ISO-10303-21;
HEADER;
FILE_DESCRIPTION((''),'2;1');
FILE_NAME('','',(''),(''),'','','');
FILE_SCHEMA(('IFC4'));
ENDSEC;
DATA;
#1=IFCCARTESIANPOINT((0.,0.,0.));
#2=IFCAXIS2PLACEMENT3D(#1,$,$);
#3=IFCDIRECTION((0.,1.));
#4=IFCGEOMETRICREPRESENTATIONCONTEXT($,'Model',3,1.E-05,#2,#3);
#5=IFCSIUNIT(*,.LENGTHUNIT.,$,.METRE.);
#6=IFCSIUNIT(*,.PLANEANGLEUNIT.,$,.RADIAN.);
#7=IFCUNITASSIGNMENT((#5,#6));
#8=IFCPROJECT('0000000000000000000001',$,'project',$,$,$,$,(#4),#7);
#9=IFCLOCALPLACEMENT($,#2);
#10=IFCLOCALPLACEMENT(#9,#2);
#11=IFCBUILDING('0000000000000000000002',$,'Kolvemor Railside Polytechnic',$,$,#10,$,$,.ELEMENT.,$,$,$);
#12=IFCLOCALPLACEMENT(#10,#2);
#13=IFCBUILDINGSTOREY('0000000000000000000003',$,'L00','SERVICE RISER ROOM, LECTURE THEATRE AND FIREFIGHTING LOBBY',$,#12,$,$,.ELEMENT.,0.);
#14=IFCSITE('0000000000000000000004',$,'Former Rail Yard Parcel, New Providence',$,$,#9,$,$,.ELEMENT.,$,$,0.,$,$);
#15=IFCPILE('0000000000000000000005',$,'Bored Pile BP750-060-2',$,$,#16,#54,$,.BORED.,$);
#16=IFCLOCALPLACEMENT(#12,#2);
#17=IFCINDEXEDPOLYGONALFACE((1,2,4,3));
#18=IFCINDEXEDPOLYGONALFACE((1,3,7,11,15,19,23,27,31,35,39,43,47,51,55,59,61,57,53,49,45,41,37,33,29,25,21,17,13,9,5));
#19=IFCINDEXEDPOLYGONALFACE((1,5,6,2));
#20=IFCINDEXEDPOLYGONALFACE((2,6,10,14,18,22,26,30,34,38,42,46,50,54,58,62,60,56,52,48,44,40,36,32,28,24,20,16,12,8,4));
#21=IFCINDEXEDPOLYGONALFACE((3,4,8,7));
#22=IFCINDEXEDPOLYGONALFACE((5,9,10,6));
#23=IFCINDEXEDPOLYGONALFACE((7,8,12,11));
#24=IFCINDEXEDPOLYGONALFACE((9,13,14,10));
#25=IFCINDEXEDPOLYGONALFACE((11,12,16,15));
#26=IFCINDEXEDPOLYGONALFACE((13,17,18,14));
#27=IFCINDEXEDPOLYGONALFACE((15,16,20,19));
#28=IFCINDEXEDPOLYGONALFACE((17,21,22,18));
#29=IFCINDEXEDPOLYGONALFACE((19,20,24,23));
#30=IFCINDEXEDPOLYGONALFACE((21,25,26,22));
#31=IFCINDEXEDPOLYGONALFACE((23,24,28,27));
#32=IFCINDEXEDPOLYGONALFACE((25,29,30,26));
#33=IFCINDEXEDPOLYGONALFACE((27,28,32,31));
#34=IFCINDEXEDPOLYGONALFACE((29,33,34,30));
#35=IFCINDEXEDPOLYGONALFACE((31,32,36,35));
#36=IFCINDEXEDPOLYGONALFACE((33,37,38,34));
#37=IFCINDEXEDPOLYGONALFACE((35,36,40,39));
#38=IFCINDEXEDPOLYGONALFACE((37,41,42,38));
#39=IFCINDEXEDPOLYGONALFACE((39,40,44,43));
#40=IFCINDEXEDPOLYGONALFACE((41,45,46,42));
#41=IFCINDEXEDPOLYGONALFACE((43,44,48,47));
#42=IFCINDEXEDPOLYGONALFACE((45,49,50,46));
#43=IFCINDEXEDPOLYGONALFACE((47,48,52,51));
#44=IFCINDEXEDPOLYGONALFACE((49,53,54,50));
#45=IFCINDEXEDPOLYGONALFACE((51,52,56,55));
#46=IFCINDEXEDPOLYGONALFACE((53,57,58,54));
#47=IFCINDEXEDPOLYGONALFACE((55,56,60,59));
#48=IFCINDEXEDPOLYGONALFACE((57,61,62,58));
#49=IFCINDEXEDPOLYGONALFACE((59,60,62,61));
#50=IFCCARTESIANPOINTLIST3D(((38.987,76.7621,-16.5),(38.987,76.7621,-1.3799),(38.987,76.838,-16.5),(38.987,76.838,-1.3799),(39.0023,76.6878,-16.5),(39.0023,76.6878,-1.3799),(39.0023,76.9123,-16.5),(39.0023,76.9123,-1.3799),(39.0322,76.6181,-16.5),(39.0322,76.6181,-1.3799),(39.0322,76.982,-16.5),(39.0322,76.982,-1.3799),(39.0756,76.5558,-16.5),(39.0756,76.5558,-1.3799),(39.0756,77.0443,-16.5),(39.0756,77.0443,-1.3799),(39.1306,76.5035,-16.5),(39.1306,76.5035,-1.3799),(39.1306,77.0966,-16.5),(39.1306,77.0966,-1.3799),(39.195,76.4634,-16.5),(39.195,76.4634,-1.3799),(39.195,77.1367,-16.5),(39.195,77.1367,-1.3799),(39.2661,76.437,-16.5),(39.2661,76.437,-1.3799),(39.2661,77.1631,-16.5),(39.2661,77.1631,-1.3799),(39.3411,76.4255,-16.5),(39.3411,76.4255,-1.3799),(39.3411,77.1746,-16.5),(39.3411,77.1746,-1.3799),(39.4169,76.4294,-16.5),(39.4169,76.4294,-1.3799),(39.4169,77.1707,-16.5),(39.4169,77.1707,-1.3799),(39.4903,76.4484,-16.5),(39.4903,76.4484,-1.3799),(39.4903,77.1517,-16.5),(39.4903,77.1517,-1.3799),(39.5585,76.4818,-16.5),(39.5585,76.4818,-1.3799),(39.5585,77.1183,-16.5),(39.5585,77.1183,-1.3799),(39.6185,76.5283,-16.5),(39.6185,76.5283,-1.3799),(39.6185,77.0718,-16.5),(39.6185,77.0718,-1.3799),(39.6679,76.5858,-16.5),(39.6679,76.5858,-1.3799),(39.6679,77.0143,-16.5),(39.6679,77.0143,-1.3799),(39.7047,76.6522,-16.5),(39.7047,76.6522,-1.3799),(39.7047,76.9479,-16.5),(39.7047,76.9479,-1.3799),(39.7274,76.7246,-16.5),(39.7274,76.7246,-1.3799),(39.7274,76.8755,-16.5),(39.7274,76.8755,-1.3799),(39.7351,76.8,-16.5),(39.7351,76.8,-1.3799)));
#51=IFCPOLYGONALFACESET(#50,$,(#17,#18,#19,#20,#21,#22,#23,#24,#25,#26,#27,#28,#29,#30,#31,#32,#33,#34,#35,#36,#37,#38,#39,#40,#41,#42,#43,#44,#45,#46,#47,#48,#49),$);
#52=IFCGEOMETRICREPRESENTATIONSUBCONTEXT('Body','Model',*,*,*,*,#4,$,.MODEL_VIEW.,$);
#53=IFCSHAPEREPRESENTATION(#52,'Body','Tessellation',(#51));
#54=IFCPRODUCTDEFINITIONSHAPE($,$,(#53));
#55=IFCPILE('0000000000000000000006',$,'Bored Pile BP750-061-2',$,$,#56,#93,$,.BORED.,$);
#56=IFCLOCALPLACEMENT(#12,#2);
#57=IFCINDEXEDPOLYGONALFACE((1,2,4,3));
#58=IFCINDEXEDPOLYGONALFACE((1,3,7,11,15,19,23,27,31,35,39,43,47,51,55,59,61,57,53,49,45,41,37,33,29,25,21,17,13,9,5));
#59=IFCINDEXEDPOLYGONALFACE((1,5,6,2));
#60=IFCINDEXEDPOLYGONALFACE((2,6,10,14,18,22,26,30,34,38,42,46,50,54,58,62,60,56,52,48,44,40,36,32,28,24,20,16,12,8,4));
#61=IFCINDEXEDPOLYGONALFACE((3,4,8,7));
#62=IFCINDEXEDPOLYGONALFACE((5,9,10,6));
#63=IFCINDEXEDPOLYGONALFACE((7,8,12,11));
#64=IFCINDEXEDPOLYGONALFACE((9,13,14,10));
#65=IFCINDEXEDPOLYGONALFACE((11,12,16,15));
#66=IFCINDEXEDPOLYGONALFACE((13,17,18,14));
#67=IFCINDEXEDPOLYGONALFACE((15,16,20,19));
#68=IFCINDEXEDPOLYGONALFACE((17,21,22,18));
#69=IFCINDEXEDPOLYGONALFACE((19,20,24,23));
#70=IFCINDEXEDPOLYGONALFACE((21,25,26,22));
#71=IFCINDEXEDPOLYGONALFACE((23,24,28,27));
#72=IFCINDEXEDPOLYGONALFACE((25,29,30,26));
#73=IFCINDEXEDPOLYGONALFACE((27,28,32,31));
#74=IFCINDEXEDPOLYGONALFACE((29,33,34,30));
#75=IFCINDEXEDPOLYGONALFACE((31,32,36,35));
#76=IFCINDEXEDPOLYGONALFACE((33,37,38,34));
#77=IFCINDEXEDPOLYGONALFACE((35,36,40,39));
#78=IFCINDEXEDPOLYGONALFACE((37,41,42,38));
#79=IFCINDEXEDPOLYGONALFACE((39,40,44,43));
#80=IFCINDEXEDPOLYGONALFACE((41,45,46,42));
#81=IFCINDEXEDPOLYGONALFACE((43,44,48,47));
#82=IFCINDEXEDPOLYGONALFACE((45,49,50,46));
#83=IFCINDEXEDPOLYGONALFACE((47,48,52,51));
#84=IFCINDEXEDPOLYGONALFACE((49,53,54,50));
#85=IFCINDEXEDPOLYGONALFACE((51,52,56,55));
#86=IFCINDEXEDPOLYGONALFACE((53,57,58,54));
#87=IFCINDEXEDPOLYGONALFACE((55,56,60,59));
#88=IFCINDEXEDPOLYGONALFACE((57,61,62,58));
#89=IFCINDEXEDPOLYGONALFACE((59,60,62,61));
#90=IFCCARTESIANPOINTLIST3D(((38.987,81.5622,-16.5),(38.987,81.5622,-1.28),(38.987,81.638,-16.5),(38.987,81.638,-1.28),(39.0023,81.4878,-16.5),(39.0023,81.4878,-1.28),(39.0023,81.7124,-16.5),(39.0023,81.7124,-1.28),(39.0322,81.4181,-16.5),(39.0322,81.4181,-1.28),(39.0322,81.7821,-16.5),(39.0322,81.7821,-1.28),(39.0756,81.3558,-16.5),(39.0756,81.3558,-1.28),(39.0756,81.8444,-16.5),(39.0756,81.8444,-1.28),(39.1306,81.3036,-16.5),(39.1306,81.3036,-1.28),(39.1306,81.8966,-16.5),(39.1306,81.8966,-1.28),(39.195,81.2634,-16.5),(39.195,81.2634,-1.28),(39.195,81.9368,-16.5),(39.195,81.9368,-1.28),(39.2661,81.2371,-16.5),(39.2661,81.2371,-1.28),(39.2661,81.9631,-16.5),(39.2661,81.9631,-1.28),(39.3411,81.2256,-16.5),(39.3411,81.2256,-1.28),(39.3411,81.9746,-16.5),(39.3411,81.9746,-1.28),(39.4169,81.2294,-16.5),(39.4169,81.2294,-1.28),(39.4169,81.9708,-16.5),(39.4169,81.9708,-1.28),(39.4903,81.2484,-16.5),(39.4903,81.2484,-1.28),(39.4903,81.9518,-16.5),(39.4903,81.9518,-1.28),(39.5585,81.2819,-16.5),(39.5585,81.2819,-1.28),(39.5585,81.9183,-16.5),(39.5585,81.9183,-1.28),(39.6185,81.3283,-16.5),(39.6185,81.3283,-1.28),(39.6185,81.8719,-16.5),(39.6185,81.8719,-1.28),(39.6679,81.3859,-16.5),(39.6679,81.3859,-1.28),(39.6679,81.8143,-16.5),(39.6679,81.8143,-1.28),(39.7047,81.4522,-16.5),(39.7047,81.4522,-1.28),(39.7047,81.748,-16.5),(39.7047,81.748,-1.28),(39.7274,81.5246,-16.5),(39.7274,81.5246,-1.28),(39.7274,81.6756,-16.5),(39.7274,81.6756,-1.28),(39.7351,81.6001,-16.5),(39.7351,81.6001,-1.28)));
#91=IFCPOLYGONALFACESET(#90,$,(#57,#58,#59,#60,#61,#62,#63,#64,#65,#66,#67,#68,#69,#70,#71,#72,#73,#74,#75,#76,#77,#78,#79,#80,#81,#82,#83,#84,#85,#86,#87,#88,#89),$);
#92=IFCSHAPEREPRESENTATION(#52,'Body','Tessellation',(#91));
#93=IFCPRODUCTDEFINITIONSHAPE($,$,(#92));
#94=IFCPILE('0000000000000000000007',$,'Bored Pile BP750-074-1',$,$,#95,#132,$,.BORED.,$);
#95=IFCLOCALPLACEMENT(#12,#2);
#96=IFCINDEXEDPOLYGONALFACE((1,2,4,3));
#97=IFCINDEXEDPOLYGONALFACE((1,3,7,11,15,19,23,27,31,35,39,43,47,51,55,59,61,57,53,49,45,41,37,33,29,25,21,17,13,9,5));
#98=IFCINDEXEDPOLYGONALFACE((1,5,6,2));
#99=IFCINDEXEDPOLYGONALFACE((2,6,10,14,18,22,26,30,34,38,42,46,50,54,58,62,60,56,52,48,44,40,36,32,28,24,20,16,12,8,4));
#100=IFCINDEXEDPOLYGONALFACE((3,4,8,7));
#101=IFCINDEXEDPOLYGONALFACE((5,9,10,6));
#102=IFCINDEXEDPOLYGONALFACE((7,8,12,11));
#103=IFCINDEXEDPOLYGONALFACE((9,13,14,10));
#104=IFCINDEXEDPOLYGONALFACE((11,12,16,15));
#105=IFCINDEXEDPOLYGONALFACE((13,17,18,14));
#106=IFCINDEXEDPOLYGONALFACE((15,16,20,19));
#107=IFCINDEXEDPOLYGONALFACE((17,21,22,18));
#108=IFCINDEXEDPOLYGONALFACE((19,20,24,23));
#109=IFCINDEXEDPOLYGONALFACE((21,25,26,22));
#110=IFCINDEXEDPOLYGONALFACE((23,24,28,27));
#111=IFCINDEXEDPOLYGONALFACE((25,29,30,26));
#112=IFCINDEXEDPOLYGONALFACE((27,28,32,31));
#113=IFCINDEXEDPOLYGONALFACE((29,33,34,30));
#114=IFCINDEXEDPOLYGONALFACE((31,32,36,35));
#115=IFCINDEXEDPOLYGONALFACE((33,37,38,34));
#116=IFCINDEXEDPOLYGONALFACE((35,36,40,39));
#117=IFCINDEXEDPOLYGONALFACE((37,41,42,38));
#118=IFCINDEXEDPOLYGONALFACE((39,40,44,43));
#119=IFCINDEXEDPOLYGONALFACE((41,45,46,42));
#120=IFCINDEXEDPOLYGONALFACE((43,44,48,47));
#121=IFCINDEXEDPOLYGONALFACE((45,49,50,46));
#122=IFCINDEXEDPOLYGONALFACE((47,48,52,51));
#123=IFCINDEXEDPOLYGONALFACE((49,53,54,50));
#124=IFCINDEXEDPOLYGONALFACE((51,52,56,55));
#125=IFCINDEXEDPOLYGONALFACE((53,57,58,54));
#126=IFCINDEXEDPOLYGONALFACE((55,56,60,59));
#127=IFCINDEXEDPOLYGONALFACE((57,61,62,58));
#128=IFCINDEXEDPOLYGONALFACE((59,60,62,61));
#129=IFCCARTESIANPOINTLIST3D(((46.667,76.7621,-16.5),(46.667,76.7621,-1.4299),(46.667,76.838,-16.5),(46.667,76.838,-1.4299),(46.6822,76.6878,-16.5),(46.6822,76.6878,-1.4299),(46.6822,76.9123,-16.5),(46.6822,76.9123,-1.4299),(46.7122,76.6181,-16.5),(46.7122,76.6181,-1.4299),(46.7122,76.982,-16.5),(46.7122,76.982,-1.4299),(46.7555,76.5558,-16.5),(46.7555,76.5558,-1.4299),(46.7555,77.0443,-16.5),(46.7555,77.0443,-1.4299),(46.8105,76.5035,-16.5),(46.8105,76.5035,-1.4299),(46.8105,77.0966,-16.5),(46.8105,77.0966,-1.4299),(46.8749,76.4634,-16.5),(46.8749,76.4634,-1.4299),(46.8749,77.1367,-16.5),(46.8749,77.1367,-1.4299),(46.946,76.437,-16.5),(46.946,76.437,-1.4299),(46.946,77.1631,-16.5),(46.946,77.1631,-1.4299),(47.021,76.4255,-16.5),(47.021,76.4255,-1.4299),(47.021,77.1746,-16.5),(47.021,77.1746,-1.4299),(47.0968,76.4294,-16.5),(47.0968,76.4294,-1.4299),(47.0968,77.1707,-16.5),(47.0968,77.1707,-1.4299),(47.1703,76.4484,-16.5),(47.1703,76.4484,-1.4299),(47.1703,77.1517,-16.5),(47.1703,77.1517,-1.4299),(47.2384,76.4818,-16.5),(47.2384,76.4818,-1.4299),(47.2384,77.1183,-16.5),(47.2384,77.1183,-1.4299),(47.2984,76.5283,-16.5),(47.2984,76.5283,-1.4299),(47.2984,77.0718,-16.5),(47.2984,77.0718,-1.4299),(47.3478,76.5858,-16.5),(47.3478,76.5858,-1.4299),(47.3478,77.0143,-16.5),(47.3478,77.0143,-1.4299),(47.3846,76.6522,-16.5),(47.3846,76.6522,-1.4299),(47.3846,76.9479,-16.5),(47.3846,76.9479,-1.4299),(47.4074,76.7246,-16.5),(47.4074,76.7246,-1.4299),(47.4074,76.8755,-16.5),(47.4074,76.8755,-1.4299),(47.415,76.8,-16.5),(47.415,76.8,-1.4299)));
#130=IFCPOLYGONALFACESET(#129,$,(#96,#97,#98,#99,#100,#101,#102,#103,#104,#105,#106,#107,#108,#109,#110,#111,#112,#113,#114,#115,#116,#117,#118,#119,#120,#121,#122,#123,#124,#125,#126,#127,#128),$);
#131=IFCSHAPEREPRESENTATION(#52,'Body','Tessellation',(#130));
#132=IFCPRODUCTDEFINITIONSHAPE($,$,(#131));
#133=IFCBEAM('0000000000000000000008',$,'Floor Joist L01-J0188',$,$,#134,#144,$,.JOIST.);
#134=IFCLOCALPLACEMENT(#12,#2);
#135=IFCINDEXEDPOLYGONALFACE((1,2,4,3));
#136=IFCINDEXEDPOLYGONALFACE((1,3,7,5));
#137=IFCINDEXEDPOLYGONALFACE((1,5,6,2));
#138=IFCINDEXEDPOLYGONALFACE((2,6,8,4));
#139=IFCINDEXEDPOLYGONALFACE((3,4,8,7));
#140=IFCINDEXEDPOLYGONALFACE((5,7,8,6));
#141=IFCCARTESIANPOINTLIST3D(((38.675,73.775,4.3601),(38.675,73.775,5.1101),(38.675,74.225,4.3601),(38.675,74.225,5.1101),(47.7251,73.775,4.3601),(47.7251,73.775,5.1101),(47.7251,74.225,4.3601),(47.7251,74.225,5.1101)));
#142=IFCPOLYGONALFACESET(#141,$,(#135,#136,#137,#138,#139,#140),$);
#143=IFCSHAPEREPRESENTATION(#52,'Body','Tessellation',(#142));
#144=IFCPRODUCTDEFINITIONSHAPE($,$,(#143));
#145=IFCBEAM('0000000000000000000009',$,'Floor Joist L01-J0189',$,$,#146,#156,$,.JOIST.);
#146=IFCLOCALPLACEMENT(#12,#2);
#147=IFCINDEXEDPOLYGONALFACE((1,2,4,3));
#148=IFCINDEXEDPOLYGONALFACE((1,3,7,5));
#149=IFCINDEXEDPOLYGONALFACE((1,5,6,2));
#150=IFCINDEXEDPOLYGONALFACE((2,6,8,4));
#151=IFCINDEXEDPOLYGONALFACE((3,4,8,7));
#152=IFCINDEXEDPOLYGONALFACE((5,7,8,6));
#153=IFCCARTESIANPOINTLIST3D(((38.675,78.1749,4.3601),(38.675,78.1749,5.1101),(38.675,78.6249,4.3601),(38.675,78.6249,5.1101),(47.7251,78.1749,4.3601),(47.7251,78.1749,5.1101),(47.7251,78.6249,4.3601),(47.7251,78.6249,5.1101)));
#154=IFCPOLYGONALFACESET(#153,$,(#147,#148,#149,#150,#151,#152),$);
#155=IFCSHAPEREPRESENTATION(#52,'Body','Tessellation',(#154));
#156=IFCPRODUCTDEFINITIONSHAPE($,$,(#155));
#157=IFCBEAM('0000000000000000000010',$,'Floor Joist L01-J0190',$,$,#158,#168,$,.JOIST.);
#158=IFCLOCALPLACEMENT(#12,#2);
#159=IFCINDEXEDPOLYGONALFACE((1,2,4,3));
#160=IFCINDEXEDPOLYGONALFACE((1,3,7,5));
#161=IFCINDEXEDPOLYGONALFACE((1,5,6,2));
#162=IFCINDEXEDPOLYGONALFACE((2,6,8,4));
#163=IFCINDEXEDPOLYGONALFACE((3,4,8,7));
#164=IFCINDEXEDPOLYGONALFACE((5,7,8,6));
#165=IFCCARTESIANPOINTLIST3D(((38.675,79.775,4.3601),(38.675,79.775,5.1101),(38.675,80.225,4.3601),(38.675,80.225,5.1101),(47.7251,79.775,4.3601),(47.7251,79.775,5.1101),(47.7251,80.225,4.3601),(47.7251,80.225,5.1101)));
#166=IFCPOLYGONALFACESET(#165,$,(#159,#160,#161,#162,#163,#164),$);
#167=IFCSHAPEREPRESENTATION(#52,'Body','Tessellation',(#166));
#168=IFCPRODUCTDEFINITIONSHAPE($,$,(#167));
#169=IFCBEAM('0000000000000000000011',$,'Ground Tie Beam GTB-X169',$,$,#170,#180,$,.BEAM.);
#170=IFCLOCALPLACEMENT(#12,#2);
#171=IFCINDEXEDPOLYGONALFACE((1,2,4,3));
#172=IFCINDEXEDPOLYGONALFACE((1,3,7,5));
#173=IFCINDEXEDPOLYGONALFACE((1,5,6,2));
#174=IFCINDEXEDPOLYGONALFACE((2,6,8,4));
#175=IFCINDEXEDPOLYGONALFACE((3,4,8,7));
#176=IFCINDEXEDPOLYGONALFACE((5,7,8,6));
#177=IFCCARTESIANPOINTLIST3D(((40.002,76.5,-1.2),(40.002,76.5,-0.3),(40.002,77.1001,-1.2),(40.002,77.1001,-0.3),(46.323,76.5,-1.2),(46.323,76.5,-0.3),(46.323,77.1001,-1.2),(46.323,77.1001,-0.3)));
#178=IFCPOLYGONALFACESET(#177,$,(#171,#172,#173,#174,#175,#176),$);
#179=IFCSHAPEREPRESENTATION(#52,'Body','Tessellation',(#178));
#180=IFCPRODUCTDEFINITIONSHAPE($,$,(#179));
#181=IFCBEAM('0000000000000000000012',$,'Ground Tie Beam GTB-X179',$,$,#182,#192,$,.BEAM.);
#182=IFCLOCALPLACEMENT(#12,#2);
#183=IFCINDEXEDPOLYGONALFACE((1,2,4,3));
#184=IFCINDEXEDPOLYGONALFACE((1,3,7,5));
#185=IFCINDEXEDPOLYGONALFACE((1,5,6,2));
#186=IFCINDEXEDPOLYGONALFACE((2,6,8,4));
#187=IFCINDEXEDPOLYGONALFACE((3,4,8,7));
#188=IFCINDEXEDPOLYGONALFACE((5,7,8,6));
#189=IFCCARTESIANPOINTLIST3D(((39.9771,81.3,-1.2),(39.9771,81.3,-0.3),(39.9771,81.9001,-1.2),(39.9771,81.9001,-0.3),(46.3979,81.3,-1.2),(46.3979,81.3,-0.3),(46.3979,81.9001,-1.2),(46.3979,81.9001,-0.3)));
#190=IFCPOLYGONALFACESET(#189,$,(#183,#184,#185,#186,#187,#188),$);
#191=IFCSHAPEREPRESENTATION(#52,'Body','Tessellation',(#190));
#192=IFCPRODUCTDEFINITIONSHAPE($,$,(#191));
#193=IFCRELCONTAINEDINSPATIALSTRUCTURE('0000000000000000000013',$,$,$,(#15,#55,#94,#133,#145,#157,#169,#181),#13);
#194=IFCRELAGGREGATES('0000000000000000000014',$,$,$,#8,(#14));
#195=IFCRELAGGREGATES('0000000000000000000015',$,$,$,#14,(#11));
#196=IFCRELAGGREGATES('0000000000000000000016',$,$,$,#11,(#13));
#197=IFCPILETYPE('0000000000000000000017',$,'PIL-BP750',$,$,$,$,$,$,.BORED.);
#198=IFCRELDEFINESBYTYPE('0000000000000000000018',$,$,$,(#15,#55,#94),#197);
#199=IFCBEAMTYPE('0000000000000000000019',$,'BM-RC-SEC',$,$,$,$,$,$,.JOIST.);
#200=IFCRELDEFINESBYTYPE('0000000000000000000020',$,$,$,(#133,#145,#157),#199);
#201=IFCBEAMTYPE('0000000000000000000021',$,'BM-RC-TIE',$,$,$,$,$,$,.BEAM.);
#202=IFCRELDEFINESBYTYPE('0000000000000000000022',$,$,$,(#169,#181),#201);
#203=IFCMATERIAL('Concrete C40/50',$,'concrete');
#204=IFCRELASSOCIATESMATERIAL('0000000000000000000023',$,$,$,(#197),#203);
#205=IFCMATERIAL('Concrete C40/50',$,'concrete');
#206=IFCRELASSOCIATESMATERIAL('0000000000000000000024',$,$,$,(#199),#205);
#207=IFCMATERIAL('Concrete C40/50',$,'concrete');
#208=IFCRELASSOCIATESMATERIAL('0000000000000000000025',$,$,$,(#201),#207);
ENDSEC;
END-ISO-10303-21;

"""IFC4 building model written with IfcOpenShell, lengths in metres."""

from ifc_helpers import new_model, si_unit, direction, frame, origin, origin_2d, place, context, subcontext, project, spatial, rectangle, circle, extrude, material, material_profile, profile_set, type_object, element, save


model = new_model("IFC4")

# Units and contexts
model_context = context("Model", 3, precision=1e-05, world=origin(), true_north=direction((0.0, 1.0)))
body_context = subcontext(model_context, "Body", "Model", "MODEL_VIEW")
ifc_project = project(units=[si_unit("LENGTHUNIT", "METRE"), si_unit("PLANEANGLEUNIT", "RADIAN")], contexts=[model_context])

# Site, building, storey
site_placement = place(None, origin())
site = spatial("IfcSite", under=ifc_project, at=site_placement, Name="Former Rail Yard Parcel, New Providence", CompositionType="ELEMENT", RefElevation=0.0)
building_placement = place(site_placement, origin())
building = spatial("IfcBuilding", under=site, at=building_placement, Name="Kolvemor Railside Polytechnic", CompositionType="ELEMENT")
storey_placement = place(building_placement, origin())
storey = spatial("IfcBuildingStorey", under=building, at=storey_placement, Name="L00", Description="SERVICE RISER ROOM, LECTURE THEATRE AND FIREFIGHTING LOBBY", CompositionType="ELEMENT", Elevation=0.0)

# Piles
ifc_material_1 = material(Name="Concrete C40/50", Category="concrete")
ifc_material_profile_1 = material_profile(ifc_material_1, circle(Radius=0.375, at=origin_2d()), Name="BP750")
ifc_profile_set_1 = profile_set([ifc_material_profile_1], Name="Concrete C40/50")
pile_type = type_object("IfcPileType", Name="PIL-BP750", PredefinedType="BORED", material=ifc_profile_set_1)
pile_1_placement = place(storey_placement, frame((39.3601, 76.8, -1.3799), z_axis=(0.0, 0.0, -1.0), x_axis=(1.0, 0.0, 0.0)))
element("IfcPile", 1, at=pile_1_placement, inside=storey, type_object=pile_type, Name="Bored Pile BP750-060-2", PredefinedType="BORED", context=body_context, shape_type="SweptSolid", body=[
    extrude(circle(Radius=0.375, at=origin_2d()), origin(), (0.0, 0.0, 1.0), 15.1201),
])
pile_2_placement = place(storey_placement, frame((39.3601, 81.6001, -1.28), z_axis=(0.0, 0.0, -1.0), x_axis=(1.0, 0.0, 0.0)))
element("IfcPile", 2, at=pile_2_placement, inside=storey, type_object=pile_type, Name="Bored Pile BP750-061-2", PredefinedType="BORED", context=body_context, shape_type="SweptSolid", body=[
    extrude(circle(Radius=0.375, at=origin_2d()), origin(), (0.0, 0.0, 1.0), 15.22),
])
pile_3_placement = place(storey_placement, frame((47.04, 76.8, -1.4299), z_axis=(0.0, 0.0, -1.0), x_axis=(1.0, 0.0, 0.0)))
element("IfcPile", 3, at=pile_3_placement, inside=storey, type_object=pile_type, Name="Bored Pile BP750-074-1", PredefinedType="BORED", context=body_context, shape_type="SweptSolid", body=[
    extrude(circle(Radius=0.375, at=origin_2d()), origin(), (0.0, 0.0, 1.0), 15.0701),
])

# Beams
ifc_material_2 = material(Name="Concrete C40/50", Category="concrete")
ifc_material_profile_2 = material_profile(ifc_material_2, rectangle(XDim=0.45, YDim=0.75, at=origin_2d()), Name="RC450x750")
ifc_profile_set_2 = profile_set([ifc_material_profile_2], Name="Concrete C40/50")
beam_type_1 = type_object("IfcBeamType", Name="BM-RC-SEC", PredefinedType="JOIST", material=ifc_profile_set_2)
for number, where, z_axis, x_axis, name in (
    (4, (38.675, 74.0, 4.7351), (1.0, 0.0, 0.0), (0.0, 1.0, 0.0), "Floor Joist L01-J0188"),
    (5, (38.675, 78.3999, 4.7351), (1.0, 0.0, 0.0), (0.0, 1.0, 0.0), "Floor Joist L01-J0189"),
    (6, (38.675, 80.0, 4.7351), (1.0, 0.0, 0.0), (0.0, 1.0, 0.0), "Floor Joist L01-J0190"),
):
    element("IfcBeam", number, at=place(storey_placement, frame(where, z_axis=z_axis, x_axis=x_axis)), inside=storey, type_object=beam_type_1, Name=name, PredefinedType="JOIST", context=body_context, shape_type="SweptSolid", body=[
        extrude(rectangle(XDim=0.45, YDim=0.75, at=origin_2d()), origin(), (0.0, 0.0, 1.0), 9.05),
    ])
ifc_material_3 = material(Name="Concrete C40/50", Category="concrete")
ifc_material_profile_3 = material_profile(ifc_material_3, rectangle(XDim=0.6001, YDim=0.8999, at=origin_2d()), Name="RC600x900")
ifc_profile_set_3 = profile_set([ifc_material_profile_3], Name="Concrete C40/50")
beam_type_2 = type_object("IfcBeamType", Name="BM-RC-TIE", PredefinedType="BEAM", material=ifc_profile_set_3)
beam_1_placement = place(storey_placement, frame((40.002, 76.8, -0.75), z_axis=(1.0, 0.0, 0.0), x_axis=(0.0, 1.0, 0.0)))
element("IfcBeam", 7, at=beam_1_placement, inside=storey, type_object=beam_type_2, Name="Ground Tie Beam GTB-X169", PredefinedType="BEAM", context=body_context, shape_type="SweptSolid", body=[
    extrude(rectangle(XDim=0.6001, YDim=0.8999, at=origin_2d()), origin(), (0.0, 0.0, 1.0), 6.321),
])
beam_2_placement = place(storey_placement, frame((39.9771, 81.6001, -0.75), z_axis=(1.0, 0.0, 0.0), x_axis=(0.0, 1.0, 0.0)))
element("IfcBeam", 8, at=beam_2_placement, inside=storey, type_object=beam_type_2, Name="Ground Tie Beam GTB-X179", PredefinedType="BEAM", context=body_context, shape_type="SweptSolid", body=[
    extrude(rectangle(XDim=0.6001, YDim=0.8999, at=origin_2d()), origin(), (0.0, 0.0, 1.0), 6.4209),
])

save(model, "model.ifc")
